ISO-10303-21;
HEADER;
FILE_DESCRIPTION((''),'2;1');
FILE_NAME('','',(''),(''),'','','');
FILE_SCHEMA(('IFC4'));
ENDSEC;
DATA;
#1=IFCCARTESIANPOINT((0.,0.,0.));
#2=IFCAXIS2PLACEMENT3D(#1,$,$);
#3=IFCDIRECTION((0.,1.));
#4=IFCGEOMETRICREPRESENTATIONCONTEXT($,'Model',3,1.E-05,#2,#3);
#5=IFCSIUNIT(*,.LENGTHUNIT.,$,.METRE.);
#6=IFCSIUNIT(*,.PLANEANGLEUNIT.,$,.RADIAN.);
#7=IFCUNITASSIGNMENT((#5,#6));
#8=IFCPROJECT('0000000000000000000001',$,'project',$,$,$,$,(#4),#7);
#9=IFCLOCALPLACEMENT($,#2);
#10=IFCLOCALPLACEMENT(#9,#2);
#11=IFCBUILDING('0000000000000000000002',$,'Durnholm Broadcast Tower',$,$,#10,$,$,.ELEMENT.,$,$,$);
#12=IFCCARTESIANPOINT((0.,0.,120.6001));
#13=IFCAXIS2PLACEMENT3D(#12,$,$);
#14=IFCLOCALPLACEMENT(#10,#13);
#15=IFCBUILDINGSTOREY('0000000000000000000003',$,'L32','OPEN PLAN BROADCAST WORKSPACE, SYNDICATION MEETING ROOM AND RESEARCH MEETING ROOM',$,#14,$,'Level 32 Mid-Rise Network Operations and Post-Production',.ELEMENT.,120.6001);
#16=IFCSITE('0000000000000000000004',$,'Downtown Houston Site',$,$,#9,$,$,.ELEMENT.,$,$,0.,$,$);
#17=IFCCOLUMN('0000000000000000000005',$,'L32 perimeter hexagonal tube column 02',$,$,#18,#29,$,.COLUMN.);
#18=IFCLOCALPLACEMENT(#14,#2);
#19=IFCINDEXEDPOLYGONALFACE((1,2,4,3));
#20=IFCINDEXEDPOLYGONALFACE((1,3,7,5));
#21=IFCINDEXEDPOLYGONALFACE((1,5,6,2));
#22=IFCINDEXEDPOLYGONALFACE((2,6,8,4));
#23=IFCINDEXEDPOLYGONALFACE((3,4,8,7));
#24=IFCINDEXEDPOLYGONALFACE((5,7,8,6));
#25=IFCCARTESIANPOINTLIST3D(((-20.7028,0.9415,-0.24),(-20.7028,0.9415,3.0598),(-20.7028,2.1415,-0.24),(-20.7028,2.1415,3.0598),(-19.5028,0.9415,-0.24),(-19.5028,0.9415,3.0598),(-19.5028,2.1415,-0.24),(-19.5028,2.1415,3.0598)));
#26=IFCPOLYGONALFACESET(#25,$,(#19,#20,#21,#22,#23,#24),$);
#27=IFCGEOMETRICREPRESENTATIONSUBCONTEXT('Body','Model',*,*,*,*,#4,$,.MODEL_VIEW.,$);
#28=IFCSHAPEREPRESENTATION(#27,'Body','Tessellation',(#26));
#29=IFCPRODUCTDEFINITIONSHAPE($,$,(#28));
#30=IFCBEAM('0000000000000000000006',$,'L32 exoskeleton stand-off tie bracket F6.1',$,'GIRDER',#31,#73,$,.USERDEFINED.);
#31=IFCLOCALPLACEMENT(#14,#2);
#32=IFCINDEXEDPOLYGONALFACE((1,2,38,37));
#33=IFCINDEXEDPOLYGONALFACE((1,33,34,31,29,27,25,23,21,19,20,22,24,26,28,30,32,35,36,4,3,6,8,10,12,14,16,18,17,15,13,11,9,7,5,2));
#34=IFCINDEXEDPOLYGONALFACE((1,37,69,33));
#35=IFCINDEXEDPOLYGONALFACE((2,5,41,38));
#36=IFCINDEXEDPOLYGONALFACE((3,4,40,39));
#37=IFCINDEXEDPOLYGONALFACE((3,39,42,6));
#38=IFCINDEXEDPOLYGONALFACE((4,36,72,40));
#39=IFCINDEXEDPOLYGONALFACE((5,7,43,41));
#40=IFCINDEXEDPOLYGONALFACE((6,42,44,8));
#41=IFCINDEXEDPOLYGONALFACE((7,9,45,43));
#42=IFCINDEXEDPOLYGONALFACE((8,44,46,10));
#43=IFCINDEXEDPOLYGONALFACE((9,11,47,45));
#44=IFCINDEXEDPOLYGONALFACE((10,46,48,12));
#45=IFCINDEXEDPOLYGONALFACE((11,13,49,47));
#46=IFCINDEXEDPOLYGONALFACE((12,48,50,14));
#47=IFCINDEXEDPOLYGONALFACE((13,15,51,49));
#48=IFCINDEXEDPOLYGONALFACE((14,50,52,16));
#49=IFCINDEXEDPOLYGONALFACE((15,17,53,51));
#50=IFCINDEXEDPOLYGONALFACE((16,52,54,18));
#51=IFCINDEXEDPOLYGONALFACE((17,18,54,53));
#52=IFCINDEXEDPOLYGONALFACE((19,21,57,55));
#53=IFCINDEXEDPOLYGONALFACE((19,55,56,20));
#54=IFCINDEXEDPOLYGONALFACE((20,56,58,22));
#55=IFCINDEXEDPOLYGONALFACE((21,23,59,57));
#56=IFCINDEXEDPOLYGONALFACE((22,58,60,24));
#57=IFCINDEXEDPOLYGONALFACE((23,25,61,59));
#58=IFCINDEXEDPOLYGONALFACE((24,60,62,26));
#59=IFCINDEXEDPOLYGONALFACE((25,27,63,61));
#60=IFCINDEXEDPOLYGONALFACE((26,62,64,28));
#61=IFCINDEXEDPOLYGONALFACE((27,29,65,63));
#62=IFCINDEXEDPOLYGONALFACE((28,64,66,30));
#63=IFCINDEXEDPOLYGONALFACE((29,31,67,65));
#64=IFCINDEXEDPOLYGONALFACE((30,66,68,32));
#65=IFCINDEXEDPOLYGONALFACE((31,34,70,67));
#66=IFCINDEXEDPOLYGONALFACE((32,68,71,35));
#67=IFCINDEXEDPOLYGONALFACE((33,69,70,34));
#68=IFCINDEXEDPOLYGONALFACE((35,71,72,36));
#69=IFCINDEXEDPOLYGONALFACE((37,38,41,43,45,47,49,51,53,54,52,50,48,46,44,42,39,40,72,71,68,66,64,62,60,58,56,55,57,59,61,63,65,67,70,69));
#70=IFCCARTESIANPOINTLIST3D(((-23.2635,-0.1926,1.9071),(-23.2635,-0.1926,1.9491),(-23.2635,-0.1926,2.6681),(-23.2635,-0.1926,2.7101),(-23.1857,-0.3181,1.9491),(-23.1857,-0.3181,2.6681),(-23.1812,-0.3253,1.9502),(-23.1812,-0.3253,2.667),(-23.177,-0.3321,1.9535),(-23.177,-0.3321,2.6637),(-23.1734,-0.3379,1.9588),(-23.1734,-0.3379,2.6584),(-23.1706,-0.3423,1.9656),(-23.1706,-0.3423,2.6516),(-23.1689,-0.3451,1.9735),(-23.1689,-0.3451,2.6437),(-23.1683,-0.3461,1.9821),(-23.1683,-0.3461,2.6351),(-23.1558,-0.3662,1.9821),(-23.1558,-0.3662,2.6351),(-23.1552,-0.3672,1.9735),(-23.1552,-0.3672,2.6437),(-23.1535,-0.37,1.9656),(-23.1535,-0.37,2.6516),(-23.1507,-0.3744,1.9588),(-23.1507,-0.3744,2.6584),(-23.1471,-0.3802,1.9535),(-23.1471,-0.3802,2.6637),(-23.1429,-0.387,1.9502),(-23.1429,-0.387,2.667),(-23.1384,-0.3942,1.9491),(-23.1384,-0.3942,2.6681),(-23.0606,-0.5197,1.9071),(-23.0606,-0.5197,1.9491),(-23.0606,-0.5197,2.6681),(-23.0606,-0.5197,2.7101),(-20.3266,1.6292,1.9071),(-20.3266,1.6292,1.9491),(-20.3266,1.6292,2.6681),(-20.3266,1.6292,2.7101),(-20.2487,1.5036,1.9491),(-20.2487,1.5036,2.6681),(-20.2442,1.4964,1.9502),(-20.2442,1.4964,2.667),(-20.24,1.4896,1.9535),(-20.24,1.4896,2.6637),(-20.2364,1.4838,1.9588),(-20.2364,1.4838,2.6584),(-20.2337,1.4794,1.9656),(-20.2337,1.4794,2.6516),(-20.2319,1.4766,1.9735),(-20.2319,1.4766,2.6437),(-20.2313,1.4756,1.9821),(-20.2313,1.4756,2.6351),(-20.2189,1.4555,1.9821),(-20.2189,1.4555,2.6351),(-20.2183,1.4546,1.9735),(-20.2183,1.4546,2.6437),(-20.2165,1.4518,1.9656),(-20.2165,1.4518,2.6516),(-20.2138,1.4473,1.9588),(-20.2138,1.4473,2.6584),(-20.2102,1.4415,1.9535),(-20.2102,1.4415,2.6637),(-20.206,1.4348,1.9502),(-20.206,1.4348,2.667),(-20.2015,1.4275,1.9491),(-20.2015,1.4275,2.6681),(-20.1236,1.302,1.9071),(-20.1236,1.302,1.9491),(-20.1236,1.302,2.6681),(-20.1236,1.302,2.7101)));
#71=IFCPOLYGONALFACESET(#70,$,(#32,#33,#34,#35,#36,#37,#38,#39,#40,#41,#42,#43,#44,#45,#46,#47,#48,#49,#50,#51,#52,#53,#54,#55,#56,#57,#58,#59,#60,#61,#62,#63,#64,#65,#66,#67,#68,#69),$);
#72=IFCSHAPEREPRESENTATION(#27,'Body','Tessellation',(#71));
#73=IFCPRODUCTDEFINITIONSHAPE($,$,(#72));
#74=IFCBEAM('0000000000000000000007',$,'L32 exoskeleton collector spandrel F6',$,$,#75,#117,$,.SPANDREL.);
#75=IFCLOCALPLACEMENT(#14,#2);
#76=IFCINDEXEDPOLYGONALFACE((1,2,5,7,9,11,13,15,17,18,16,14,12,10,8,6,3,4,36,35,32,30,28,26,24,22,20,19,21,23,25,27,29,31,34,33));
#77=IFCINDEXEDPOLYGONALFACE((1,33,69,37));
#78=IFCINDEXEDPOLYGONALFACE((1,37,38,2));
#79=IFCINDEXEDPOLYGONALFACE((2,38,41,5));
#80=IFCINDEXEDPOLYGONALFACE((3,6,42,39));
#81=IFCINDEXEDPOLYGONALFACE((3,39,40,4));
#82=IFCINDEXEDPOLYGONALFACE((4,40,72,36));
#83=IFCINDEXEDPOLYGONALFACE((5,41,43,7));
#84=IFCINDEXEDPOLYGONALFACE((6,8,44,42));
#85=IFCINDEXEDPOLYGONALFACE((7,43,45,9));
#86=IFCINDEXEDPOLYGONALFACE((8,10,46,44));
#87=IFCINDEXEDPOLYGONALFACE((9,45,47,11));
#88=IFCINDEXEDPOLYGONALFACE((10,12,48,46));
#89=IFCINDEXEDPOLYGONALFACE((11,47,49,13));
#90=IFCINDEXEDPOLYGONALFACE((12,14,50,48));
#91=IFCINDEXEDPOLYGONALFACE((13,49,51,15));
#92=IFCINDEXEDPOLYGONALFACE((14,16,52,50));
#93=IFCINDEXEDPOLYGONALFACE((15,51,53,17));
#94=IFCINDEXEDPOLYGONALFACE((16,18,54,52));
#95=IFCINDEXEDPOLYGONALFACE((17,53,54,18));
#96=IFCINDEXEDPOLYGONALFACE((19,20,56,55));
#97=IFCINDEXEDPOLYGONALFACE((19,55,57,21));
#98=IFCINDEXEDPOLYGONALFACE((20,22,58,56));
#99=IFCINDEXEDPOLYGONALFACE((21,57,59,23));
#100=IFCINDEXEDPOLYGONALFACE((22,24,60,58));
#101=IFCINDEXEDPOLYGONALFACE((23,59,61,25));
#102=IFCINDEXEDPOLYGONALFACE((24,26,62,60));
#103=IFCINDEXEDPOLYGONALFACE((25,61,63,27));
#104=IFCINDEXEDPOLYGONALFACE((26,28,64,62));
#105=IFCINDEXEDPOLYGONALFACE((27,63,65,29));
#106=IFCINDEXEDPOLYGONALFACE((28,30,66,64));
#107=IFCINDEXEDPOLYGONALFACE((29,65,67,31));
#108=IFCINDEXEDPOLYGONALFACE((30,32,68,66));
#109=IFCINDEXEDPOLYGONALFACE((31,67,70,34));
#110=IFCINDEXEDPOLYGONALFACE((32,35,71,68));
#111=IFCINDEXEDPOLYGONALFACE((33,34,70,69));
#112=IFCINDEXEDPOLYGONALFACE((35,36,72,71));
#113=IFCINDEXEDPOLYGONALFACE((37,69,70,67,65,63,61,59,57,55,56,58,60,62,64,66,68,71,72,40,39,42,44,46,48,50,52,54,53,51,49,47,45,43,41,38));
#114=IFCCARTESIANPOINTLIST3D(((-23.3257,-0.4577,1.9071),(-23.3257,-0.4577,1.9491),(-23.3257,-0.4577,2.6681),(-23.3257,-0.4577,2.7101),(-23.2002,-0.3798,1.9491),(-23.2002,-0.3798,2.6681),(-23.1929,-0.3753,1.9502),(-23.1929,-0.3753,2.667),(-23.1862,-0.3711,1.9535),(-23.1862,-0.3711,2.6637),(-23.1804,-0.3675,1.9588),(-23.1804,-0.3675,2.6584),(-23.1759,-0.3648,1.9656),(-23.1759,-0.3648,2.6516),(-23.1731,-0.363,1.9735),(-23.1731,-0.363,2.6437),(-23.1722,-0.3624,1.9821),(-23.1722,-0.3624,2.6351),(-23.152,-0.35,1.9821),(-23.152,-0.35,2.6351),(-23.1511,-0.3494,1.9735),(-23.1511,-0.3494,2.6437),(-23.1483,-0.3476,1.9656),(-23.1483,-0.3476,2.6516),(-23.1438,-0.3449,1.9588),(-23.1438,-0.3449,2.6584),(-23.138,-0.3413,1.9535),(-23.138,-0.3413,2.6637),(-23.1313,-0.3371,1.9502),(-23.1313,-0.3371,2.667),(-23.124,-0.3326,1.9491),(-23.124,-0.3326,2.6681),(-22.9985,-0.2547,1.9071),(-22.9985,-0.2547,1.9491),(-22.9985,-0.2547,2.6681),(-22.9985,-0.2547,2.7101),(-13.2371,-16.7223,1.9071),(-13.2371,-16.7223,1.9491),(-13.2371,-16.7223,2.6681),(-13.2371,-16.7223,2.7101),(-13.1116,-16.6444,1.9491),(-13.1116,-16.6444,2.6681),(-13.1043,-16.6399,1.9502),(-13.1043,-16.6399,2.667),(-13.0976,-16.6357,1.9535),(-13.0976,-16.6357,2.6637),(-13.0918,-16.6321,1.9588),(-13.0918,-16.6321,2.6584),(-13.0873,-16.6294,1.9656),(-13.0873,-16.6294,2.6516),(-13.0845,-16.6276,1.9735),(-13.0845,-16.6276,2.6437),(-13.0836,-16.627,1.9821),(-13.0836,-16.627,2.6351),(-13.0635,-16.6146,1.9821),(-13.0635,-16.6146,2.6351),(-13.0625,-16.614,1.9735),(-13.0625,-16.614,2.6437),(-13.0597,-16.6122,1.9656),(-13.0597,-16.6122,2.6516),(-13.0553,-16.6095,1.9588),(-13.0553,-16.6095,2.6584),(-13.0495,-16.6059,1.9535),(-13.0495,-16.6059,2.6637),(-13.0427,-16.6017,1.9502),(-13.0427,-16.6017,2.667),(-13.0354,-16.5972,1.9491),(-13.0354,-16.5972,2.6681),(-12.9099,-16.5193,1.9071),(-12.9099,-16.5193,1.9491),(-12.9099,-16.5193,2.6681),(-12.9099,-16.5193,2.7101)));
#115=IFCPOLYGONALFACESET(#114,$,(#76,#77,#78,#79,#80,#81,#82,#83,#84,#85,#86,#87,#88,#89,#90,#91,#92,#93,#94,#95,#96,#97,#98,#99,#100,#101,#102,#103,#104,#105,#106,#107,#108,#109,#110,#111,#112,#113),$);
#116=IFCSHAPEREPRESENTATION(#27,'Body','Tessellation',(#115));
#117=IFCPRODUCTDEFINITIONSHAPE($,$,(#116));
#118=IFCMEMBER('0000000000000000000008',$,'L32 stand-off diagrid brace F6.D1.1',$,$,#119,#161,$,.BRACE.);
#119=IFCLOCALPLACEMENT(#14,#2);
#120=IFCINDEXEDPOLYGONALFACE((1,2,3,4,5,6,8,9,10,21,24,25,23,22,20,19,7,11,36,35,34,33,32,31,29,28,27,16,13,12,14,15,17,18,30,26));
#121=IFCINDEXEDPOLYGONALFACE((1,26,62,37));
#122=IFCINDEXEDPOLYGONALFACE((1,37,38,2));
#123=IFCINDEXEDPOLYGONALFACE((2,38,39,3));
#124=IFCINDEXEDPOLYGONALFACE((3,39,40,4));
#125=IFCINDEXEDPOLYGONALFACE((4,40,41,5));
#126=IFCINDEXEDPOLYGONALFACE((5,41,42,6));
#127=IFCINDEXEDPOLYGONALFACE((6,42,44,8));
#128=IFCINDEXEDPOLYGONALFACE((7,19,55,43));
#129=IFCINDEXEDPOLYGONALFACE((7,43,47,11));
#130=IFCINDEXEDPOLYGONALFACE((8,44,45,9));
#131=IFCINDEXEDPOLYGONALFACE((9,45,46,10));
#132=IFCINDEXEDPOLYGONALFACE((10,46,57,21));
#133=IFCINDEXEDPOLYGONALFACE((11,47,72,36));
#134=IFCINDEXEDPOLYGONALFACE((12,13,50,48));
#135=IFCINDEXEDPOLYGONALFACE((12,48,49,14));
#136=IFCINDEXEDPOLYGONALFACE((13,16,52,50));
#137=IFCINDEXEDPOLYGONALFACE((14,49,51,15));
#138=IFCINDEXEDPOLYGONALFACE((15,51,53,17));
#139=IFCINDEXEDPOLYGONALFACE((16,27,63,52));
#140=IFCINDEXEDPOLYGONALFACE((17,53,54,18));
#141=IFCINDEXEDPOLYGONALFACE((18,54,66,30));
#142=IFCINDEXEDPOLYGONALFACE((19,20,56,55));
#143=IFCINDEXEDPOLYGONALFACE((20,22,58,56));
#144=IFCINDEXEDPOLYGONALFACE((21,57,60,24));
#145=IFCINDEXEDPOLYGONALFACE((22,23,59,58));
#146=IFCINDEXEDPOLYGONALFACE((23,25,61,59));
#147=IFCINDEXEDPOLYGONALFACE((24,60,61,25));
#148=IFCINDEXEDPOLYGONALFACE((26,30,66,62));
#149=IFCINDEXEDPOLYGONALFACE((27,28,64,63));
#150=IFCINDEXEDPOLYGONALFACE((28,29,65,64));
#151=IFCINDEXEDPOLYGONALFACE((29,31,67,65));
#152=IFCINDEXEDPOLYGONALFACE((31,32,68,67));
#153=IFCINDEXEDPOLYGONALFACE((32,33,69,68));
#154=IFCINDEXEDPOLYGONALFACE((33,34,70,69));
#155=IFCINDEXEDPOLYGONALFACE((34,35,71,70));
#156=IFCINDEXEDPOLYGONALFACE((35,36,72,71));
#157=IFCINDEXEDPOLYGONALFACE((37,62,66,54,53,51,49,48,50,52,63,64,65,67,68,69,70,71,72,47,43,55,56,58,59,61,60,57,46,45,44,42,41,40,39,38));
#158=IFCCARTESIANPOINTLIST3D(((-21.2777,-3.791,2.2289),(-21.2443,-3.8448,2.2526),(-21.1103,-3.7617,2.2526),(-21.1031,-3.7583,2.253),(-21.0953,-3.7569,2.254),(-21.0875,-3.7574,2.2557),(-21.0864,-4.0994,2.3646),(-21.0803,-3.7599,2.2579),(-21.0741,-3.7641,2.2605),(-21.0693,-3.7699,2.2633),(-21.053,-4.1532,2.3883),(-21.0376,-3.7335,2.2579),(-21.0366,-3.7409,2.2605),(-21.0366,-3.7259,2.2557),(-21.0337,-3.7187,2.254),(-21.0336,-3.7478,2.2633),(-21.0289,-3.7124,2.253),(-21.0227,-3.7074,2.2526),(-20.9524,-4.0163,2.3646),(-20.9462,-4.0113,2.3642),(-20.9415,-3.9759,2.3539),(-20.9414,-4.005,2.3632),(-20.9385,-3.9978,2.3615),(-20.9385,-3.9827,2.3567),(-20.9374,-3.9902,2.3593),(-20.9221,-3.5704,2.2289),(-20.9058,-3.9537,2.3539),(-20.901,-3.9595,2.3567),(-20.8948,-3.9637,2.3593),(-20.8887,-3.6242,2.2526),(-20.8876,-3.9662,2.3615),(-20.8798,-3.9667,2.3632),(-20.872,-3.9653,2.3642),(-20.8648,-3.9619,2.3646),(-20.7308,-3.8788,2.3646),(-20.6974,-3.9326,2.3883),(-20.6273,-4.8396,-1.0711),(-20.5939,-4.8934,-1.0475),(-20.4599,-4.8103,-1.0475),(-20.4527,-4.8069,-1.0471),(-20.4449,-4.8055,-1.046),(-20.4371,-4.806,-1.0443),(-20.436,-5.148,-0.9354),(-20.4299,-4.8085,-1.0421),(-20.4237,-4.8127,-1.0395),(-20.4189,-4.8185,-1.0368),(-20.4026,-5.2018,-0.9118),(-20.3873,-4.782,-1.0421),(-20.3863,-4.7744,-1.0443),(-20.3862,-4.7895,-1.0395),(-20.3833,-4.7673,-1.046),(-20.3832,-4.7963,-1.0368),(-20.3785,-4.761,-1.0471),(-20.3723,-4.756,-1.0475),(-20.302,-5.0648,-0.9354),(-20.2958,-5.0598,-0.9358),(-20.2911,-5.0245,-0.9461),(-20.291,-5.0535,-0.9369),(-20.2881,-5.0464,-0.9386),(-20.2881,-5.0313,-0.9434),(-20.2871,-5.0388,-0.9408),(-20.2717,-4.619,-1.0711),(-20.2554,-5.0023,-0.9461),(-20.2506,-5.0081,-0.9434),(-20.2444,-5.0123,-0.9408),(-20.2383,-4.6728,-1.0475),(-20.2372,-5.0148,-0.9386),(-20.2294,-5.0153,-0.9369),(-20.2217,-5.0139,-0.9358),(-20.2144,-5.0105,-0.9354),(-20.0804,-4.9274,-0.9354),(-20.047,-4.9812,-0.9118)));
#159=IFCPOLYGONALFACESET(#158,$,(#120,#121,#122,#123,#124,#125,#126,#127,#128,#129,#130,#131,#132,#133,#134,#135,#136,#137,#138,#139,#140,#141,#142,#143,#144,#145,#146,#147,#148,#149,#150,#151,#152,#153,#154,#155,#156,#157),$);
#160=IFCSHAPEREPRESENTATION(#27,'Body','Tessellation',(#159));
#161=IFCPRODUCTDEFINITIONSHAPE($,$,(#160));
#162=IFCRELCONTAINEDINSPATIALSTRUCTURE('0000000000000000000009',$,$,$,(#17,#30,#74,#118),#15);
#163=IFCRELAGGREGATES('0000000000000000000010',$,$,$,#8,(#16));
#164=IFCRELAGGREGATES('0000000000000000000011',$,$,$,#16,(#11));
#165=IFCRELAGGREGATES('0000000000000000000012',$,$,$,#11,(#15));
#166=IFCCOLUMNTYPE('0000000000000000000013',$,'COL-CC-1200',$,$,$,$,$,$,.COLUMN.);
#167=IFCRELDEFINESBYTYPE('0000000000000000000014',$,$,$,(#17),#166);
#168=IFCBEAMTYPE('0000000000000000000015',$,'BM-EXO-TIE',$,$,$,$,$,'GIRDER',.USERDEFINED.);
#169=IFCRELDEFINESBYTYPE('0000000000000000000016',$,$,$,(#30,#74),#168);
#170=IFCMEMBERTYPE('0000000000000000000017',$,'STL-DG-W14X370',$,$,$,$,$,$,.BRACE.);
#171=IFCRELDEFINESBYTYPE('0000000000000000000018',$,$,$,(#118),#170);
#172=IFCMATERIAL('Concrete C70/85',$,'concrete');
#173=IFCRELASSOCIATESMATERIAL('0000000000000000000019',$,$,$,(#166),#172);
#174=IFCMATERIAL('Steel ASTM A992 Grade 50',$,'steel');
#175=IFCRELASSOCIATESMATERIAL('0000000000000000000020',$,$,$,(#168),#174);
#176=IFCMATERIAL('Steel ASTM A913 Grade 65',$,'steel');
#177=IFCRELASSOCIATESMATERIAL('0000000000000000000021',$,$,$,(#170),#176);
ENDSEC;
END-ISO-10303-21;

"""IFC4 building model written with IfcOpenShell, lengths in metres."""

from ifc_helpers import new_model, si_unit, direction, frame, origin, origin_2d, place, context, subcontext, project, spatial, rectangle, i_section, extrude, source, transform, mapped, material, material_profile, profile_set, type_object, type_shapes, element, save


model = new_model("IFC4")

# Units and contexts
model_context = context("Model", 3, precision=1e-05, world=origin(), true_north=direction((0.0, 1.0)))
body_context = subcontext(model_context, "Body", "Model", "MODEL_VIEW")
ifc_project = project(units=[si_unit("LENGTHUNIT", "METRE"), si_unit("PLANEANGLEUNIT", "RADIAN")], contexts=[model_context])

# Site, building, storey
site_placement = place(None, origin())
site = spatial("IfcSite", under=ifc_project, at=site_placement, Name="Downtown Houston Site", CompositionType="ELEMENT", RefElevation=0.0)
building_placement = place(site_placement, origin())
building = spatial("IfcBuilding", under=site, at=building_placement, Name="Durnholm Broadcast Tower", CompositionType="ELEMENT")
storey_placement = place(building_placement, frame((0.0, 0.0, 120.6001)))
storey = spatial("IfcBuildingStorey", under=building, at=storey_placement, Name="L32", Description="OPEN PLAN BROADCAST WORKSPACE, SYNDICATION MEETING ROOM AND RESEARCH MEETING ROOM", LongName="Level 32 Mid-Rise Network Operations and Post-Production", CompositionType="ELEMENT", Elevation=120.6001)

# Column
ifc_material_1 = material(Name="Concrete C70/85", Category="concrete")
ifc_material_profile_1 = material_profile(ifc_material_1, rectangle(XDim=1.2, YDim=1.2, at=origin_2d()), Name="RC1200X1200")
ifc_profile_set_1 = profile_set([ifc_material_profile_1], Name="Concrete C70/85")
column_type = type_object("IfcColumnType", Name="COL-CC-1200", PredefinedType="COLUMN", material=ifc_profile_set_1)
shared_shape_1 = source(origin(), body_context, "Body", "SweptSolid", [
    extrude(rectangle(XDim=1.2, YDim=1.2, at=origin_2d()), origin(), (0.0, 0.0, 1.0), 3.2998),
])
type_shapes(column_type, [shared_shape_1])
column_placement = place(storey_placement, frame((-20.1028, 1.5415, -0.24), z_axis=(0.0, 0.0, 1.0), x_axis=(1.0, 0.0, 0.0)))
element("IfcColumn", 1, at=column_placement, inside=storey, type_object=column_type, Name="L32 perimeter hexagonal tube column 02", PredefinedType="COLUMN", context=body_context, shape_type="MappedRepresentation", body=[
    mapped(shared_shape_1, transform((0.0, 0.0, 0.0), x_axis=(1.0, 0.0, 0.0), y_axis=(0.0, 1.0, 0.0), z_axis=(0.0, 0.0, 1.0), scale=1.0)),
])

# Beams
ifc_material_2 = material(Name="Steel ASTM A992 Grade 50", Category="steel")
ifc_material_profile_2 = material_profile(ifc_material_2, i_section(OverallWidth=0.385, OverallDepth=0.803, WebThickness=0.0237, FlangeThickness=0.042, FilletRadius=0.033, at=origin_2d()), Name="W30X261")
ifc_profile_set_2 = profile_set([ifc_material_profile_2], Name="Steel ASTM A992 Grade 50")
beam_type = type_object("IfcBeamType", Name="BM-EXO-TIE", ElementType="GIRDER", PredefinedType="USERDEFINED", material=ifc_profile_set_2)
shared_shape_2 = source(origin(), body_context, "Body", "SweptSolid", [
    extrude(i_section(OverallWidth=0.385, OverallDepth=0.803, WebThickness=0.0237, FlangeThickness=0.042, FilletRadius=0.033, at=origin_2d()), origin(), (0.0, 0.0, 1.0), 3.4561),
])
beam_1_placement = place(storey_placement, frame((-20.2251, 1.4656, 2.3086), z_axis=(-0.849795, -0.527113, 0.0), x_axis=(0.527113, -0.849795, 0.0)))
element("IfcBeam", 2, at=beam_1_placement, inside=storey, type_object=beam_type, Name="L32 exoskeleton stand-off tie bracket F6.1", ObjectType="GIRDER", PredefinedType="USERDEFINED", context=body_context, shape_type="MappedRepresentation", body=[
    mapped(shared_shape_2, transform((0.0, 0.0, 0.0), x_axis=(1.0, 0.0, 0.0), y_axis=(0.0, 1.0, 0.0), z_axis=(0.0, 0.0, 1.0), scale=1.0)),
])
shared_shape_3 = source(origin(), body_context, "Body", "SweptSolid", [
    extrude(i_section(OverallWidth=0.385, OverallDepth=0.803, WebThickness=0.0237, FlangeThickness=0.042, FilletRadius=0.033, at=origin_2d()), origin(), (0.0, 0.0, 1.0), 19.1394),
])
type_shapes(beam_type, [shared_shape_2, shared_shape_3])
beam_2_placement = place(storey_placement, frame((-23.1621, -0.3562, 2.3086), z_axis=(0.527111, -0.849796, 0.0), x_axis=(0.849796, 0.527111, 0.0)))
element("IfcBeam", 3, at=beam_2_placement, inside=storey, type_object=beam_type, Name="L32 exoskeleton collector spandrel F6", PredefinedType="SPANDREL", context=body_context, shape_type="MappedRepresentation", body=[
    mapped(shared_shape_3, transform((0.0, 0.0, 0.0), x_axis=(1.0, 0.0, 0.0), y_axis=(0.0, 1.0, 0.0), z_axis=(0.0, 0.0, 1.0), scale=1.0)),
])

# Member
ifc_material_3 = material(Name="Steel ASTM A913 Grade 65", Category="steel")
ifc_material_profile_3 = material_profile(ifc_material_3, i_section(OverallWidth=0.4185, OverallDepth=0.4551, WebThickness=0.042, FlangeThickness=0.0676, FilletRadius=0.0305, at=origin_2d()), Name="W14X370")
ifc_profile_set_3 = profile_set([ifc_material_profile_3], Name="Steel ASTM A913 Grade 65")
member_type_1 = type_object("IfcMemberType", Name="STL-DG-W14X370", PredefinedType="BRACE", material=ifc_profile_set_3)
shared_shape_4 = source(origin(), body_context, "Body", "SweptSolid", [
    extrude(i_section(OverallWidth=0.4185, OverallDepth=0.4551, WebThickness=0.042, FlangeThickness=0.0676, FilletRadius=0.0305, at=origin_2d()), origin(), (0.0, 0.0, 1.0), 3.5232),
])
type_shapes(member_type_1, [shared_shape_4])
for number, where, z_axis, x_axis, name in (
    (4, (-20.3372, -4.9104, -0.9915), (-0.184603, 0.297624, 0.936665), (-0.849805, -0.527097, 0.0), "L32 stand-off diagrid brace F6.D1.1"),
):
    element("IfcMember", number, at=place(storey_placement, frame(where, z_axis=z_axis, x_axis=x_axis)), inside=storey, type_object=member_type_1, Name=name, PredefinedType="BRACE", context=body_context, shape_type="MappedRepresentation", body=[
        mapped(shared_shape_4, transform((0.0, 0.0, 0.0), x_axis=(1.0, 0.0, 0.0), y_axis=(0.0, 1.0, 0.0), z_axis=(0.0, 0.0, 1.0), scale=1.0)),
    ])

save(model, "model.ifc")
